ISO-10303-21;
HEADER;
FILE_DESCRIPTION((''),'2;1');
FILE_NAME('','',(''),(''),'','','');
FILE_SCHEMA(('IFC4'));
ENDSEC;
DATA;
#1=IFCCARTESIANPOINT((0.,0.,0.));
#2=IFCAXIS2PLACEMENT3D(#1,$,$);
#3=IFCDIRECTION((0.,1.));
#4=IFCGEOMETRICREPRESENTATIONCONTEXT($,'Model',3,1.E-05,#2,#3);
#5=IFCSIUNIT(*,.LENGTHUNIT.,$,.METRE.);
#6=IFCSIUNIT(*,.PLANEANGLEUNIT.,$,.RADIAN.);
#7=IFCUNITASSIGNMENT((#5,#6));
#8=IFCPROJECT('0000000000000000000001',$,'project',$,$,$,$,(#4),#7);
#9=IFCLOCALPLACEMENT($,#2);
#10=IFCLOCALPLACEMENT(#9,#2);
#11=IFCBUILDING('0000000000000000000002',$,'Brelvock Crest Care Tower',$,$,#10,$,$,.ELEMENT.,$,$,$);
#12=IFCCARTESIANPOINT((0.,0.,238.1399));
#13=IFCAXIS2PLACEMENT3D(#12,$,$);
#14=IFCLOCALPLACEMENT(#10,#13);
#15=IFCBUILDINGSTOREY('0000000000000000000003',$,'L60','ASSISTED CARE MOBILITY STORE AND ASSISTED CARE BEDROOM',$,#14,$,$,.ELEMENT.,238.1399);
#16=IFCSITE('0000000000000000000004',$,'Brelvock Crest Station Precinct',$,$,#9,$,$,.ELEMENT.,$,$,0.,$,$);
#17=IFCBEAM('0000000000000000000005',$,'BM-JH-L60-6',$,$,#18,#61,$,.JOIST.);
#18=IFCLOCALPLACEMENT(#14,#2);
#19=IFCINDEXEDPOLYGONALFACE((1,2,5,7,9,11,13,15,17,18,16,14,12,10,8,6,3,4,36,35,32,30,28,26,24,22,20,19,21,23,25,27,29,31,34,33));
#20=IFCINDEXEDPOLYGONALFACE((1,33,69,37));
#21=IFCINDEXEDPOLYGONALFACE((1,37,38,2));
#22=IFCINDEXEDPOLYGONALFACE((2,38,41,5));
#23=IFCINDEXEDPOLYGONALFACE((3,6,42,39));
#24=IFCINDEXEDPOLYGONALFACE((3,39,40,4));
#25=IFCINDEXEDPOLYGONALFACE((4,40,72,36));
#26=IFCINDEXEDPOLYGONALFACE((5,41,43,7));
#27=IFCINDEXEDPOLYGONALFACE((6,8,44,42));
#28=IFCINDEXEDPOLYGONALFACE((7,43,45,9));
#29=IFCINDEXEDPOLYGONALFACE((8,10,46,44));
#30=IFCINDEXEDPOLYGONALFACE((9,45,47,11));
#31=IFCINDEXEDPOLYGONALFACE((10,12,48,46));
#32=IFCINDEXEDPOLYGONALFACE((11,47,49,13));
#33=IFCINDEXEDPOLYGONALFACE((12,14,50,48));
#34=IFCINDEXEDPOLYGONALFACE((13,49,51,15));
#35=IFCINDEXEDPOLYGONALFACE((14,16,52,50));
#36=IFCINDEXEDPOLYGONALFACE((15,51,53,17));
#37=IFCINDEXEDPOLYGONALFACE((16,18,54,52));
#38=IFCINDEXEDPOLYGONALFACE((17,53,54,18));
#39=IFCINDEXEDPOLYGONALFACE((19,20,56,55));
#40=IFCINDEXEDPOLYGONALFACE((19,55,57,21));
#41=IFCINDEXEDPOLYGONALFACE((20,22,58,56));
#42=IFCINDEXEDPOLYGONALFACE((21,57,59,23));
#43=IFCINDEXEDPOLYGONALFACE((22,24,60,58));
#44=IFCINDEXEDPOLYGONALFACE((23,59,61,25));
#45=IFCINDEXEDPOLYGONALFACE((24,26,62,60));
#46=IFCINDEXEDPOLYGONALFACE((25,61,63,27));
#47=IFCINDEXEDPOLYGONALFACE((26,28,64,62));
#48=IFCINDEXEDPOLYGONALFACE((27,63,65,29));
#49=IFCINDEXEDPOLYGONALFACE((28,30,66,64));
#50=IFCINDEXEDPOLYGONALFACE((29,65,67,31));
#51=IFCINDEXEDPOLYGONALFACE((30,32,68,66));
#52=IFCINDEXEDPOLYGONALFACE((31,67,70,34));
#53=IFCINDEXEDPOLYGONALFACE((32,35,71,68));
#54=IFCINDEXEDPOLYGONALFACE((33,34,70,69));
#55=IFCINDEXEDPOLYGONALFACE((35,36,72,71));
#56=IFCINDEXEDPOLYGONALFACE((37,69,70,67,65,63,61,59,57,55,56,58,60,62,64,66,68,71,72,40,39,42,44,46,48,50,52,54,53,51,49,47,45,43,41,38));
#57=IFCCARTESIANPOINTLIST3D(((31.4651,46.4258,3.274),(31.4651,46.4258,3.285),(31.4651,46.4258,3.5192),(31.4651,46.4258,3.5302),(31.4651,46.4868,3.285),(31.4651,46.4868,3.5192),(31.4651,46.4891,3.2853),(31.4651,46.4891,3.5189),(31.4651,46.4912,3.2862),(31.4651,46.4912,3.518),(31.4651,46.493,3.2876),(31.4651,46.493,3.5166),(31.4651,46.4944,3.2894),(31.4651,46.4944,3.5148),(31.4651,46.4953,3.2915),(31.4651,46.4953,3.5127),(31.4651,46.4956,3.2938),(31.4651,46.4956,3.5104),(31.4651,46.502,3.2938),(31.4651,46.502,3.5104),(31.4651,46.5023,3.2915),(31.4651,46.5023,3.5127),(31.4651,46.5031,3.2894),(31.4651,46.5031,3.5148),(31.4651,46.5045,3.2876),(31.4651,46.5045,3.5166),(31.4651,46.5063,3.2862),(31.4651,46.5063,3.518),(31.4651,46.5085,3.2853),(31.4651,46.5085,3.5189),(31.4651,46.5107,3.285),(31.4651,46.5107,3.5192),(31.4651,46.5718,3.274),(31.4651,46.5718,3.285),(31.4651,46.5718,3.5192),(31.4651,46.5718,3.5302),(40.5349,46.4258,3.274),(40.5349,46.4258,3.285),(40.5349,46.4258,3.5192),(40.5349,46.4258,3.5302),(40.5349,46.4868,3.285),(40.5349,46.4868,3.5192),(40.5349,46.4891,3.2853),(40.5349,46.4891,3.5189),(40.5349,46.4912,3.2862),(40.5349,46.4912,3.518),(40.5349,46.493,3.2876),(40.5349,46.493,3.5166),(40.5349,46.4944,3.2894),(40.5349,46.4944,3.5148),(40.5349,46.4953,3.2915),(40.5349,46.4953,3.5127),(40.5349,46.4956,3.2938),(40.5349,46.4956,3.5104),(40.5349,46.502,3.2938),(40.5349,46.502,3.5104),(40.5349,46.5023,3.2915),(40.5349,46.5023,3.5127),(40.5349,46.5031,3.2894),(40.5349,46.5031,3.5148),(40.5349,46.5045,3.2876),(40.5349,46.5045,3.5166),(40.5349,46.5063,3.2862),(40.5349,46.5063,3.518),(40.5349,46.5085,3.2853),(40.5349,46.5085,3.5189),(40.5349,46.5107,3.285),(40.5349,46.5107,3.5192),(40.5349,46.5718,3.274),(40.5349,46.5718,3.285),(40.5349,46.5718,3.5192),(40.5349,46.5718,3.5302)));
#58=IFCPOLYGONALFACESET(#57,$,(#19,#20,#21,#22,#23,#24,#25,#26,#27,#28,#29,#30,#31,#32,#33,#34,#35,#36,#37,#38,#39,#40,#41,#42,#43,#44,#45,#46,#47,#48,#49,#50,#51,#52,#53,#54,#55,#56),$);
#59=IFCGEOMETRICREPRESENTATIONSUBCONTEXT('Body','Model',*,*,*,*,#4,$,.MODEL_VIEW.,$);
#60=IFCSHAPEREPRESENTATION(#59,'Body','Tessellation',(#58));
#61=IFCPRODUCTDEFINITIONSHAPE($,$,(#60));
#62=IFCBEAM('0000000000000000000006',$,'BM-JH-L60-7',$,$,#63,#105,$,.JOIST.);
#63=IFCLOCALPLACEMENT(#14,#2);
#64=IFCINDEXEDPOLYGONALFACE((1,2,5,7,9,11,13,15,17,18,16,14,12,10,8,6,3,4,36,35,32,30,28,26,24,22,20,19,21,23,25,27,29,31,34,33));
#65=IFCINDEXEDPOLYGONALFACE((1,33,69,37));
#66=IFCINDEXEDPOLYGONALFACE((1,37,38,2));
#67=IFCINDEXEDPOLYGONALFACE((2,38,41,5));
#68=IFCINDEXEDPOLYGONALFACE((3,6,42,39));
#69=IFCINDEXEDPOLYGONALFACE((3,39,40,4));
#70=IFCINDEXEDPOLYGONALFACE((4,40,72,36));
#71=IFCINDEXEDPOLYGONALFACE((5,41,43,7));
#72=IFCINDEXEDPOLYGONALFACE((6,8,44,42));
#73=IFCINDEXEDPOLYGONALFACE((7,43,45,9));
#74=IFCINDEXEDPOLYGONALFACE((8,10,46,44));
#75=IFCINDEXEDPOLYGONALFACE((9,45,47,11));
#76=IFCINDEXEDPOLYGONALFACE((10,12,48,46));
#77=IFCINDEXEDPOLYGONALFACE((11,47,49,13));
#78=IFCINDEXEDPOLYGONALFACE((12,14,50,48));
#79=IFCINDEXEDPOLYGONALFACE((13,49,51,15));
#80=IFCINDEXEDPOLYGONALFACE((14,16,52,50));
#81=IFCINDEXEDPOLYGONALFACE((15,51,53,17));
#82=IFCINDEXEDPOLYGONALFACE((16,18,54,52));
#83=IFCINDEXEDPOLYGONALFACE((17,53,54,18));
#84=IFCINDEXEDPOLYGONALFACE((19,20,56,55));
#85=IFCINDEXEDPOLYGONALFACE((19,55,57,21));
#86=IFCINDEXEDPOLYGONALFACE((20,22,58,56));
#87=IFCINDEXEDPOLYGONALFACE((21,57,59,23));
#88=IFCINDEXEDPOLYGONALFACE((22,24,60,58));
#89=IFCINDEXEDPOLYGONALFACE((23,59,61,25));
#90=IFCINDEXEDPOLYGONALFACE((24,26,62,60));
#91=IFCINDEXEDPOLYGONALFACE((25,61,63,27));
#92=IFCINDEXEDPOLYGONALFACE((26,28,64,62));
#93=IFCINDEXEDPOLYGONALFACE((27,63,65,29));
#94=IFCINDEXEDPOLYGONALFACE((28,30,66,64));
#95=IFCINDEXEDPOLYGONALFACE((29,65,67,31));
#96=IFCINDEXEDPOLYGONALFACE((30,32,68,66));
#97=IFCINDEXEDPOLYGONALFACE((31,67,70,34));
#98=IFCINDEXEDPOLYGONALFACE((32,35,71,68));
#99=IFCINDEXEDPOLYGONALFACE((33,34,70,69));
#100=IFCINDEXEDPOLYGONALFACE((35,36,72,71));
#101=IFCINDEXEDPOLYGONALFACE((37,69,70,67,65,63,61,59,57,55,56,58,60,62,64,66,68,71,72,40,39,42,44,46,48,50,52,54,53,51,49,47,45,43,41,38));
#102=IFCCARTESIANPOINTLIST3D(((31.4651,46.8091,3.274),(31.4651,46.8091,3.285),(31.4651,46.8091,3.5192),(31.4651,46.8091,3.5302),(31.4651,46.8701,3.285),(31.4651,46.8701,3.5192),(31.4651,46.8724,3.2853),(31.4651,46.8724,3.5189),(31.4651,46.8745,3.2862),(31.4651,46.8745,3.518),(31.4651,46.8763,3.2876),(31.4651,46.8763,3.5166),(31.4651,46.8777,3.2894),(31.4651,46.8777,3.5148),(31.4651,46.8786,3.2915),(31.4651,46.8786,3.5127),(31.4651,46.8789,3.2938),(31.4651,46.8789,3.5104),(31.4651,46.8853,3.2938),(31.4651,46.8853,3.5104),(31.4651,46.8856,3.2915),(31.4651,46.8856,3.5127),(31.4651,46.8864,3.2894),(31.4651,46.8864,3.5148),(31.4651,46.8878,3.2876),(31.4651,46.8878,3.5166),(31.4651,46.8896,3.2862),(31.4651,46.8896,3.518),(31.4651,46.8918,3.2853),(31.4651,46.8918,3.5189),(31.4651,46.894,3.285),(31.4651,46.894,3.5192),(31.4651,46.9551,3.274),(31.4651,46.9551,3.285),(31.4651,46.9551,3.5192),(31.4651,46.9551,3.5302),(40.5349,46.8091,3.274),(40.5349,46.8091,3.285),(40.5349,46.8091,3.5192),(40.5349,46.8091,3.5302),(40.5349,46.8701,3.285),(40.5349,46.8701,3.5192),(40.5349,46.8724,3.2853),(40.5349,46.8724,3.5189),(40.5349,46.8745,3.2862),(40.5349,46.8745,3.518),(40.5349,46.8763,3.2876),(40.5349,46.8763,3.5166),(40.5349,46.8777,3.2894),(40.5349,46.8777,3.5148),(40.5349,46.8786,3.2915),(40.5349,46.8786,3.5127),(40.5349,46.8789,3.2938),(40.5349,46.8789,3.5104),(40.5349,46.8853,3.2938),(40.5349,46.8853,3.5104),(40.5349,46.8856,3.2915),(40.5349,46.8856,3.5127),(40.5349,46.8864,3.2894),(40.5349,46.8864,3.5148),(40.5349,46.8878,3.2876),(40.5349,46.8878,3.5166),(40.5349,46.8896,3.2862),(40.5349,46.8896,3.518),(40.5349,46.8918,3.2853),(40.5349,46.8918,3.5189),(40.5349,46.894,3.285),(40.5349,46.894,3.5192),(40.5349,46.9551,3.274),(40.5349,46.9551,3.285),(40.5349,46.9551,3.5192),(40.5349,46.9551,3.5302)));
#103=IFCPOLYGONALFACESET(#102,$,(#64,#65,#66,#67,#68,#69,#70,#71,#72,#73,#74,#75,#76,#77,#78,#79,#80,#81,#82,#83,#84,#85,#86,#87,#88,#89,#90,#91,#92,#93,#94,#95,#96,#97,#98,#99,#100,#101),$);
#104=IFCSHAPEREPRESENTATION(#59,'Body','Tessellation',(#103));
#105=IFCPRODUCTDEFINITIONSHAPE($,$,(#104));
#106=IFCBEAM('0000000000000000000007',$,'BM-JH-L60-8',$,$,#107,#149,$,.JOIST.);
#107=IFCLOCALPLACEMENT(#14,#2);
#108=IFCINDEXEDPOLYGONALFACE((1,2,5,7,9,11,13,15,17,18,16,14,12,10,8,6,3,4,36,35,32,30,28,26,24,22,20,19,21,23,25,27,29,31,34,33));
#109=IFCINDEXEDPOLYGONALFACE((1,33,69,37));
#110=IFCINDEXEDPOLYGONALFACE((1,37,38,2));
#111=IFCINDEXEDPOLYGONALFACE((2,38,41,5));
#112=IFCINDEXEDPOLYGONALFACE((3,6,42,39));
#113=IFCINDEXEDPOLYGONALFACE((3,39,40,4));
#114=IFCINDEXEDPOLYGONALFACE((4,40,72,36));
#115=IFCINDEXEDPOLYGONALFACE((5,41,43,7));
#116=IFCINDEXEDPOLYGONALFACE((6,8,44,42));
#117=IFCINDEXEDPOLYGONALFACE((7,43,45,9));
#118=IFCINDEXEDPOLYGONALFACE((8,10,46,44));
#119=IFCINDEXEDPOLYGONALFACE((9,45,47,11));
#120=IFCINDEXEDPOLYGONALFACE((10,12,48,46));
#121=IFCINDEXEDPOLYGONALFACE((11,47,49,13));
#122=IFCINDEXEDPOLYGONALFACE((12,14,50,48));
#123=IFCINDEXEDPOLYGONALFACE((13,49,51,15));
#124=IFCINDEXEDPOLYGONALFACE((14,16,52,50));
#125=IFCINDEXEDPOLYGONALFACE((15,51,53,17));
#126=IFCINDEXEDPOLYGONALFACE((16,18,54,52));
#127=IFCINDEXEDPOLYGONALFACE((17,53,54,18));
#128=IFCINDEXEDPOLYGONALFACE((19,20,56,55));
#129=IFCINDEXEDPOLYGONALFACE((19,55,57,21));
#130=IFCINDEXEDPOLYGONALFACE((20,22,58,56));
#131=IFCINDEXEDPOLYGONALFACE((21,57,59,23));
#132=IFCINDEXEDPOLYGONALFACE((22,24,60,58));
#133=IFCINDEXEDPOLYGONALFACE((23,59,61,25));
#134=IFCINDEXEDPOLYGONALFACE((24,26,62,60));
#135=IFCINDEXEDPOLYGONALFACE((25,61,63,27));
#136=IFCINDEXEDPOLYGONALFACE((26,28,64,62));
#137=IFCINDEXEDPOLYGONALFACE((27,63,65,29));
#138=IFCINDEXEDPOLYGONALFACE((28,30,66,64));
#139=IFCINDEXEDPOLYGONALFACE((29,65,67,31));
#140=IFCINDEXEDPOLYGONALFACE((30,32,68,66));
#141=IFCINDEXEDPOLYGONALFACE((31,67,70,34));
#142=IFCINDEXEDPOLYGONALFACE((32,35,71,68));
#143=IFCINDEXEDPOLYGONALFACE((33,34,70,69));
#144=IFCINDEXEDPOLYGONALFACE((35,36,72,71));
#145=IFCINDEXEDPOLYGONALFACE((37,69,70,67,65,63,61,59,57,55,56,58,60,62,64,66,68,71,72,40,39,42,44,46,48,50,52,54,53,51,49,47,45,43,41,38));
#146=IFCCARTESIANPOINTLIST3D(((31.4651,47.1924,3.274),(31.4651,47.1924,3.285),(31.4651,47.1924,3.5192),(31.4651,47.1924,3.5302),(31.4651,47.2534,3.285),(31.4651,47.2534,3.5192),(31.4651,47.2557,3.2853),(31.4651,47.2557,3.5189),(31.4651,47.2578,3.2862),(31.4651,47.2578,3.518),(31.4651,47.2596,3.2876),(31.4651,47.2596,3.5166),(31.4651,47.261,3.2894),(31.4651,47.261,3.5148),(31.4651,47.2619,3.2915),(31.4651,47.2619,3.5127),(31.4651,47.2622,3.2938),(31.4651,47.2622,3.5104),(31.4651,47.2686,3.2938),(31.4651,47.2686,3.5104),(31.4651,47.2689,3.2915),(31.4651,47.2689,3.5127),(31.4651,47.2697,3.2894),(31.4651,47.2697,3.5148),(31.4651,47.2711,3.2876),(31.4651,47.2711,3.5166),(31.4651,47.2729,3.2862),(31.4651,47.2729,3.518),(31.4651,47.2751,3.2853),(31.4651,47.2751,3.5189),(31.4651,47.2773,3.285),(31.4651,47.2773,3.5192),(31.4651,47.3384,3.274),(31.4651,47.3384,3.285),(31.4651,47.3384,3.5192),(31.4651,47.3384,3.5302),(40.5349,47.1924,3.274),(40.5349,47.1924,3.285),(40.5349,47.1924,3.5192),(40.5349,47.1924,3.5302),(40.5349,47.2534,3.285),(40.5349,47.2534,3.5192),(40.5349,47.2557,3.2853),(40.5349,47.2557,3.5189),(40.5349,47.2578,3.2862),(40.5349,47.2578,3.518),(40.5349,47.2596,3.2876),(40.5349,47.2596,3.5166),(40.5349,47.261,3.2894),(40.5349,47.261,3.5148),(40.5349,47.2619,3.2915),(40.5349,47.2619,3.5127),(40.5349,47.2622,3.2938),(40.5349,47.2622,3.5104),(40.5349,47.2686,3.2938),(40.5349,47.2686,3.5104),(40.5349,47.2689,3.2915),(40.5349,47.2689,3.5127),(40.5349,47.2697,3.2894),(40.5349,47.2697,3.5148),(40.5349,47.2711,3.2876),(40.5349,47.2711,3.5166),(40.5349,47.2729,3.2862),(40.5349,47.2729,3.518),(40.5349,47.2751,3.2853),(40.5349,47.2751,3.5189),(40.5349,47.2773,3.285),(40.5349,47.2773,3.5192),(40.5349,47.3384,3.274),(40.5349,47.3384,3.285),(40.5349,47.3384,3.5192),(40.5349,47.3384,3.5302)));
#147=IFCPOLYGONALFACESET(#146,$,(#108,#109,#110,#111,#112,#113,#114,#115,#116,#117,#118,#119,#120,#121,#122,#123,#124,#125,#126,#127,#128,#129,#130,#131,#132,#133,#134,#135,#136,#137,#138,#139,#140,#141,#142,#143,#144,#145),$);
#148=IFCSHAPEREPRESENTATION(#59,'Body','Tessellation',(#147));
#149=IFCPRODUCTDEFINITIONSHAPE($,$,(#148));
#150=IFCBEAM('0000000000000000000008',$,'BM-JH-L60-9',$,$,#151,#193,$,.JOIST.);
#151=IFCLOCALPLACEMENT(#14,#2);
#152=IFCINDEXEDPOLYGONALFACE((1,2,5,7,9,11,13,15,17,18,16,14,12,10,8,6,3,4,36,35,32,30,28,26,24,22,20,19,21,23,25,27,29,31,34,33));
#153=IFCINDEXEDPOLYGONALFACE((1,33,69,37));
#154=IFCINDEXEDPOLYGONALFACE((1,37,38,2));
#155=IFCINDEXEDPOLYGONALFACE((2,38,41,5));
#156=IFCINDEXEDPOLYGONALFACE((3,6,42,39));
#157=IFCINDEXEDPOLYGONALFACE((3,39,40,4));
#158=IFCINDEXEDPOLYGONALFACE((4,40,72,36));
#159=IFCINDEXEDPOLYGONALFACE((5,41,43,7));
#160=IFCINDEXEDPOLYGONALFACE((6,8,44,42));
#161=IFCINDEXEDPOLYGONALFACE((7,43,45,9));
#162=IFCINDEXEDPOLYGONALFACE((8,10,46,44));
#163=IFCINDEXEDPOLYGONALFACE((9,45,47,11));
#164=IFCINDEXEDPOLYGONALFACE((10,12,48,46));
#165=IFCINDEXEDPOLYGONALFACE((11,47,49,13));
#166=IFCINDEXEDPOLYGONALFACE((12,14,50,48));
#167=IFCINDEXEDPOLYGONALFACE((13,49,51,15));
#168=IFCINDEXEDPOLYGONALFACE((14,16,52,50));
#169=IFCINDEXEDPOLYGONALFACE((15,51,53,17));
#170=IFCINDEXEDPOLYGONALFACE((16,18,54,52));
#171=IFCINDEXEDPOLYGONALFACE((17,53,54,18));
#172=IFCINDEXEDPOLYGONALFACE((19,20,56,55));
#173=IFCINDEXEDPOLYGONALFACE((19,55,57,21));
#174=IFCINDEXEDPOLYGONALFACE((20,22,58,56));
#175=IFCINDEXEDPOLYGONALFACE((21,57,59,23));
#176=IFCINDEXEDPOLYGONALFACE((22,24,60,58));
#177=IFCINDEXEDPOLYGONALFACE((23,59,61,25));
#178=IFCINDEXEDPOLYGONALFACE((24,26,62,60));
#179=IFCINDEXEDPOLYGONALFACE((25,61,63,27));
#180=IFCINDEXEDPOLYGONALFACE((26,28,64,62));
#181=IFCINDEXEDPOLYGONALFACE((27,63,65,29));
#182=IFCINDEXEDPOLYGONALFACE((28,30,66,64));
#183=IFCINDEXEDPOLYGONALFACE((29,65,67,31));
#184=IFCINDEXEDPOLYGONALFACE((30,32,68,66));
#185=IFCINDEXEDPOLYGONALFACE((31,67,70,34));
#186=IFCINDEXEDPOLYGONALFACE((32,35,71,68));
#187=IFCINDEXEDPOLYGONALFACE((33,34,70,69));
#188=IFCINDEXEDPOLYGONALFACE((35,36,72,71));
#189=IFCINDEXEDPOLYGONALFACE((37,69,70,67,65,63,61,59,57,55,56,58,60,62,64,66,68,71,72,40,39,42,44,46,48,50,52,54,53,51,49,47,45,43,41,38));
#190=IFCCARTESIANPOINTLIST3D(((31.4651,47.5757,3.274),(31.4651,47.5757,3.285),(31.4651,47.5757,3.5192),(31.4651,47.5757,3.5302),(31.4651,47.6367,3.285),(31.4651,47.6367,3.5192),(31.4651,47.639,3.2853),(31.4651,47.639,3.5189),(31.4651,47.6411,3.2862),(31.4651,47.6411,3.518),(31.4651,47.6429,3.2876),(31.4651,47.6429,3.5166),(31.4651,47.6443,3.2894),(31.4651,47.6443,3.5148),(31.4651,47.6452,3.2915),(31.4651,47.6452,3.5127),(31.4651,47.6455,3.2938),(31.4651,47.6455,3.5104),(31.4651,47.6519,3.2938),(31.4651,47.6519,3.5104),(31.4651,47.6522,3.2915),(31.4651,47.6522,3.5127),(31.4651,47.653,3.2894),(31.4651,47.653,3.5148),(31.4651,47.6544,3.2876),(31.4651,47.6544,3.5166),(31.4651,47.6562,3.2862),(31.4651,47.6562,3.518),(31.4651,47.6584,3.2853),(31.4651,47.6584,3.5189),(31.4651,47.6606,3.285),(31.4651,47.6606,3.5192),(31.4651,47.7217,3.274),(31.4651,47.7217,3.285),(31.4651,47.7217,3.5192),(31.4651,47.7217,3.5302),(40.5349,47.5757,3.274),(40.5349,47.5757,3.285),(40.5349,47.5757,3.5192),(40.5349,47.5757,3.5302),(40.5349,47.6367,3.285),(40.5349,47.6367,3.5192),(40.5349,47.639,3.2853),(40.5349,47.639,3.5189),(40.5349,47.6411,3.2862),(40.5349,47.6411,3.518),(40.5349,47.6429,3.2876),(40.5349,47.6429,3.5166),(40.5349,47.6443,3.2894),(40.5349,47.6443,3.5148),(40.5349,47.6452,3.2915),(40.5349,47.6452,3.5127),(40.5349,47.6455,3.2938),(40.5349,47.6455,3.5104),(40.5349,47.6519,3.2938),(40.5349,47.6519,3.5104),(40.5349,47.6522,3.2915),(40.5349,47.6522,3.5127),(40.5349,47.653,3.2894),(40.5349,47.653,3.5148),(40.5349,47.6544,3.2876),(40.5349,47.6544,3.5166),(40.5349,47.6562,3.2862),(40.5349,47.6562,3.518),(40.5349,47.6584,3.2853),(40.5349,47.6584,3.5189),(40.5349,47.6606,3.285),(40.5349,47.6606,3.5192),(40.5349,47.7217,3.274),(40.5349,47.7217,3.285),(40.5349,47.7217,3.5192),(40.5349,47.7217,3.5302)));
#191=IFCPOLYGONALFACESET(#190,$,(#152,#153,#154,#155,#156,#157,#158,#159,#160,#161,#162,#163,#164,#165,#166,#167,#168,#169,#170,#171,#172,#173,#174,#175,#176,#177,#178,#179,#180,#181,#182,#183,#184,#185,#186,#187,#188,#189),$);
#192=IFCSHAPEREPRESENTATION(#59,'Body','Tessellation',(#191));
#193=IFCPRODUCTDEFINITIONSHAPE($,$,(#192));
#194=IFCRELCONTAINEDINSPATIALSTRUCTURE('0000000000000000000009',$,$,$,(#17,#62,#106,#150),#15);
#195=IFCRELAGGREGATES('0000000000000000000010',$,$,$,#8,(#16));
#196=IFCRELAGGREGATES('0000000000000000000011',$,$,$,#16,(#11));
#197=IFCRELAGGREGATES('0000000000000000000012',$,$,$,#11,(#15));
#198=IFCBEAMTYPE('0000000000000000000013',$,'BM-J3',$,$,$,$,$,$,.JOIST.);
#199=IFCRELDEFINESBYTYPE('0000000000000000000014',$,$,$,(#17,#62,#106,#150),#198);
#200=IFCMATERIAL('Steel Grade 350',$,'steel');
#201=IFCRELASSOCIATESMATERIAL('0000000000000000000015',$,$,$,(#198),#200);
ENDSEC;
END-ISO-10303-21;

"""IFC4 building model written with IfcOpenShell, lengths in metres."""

from ifc_helpers import new_model, si_unit, direction, frame, origin, origin_2d, place, context, subcontext, project, spatial, i_section, extrude, source, transform, mapped, material, material_profile, profile_set, type_object, element, save


model = new_model("IFC4")

# Units and contexts
model_context = context("Model", 3, precision=1e-05, world=origin(), true_north=direction((0.0, 1.0)))
body_context = subcontext(model_context, "Body", "Model", "MODEL_VIEW")
ifc_project = project(units=[si_unit("LENGTHUNIT", "METRE"), si_unit("PLANEANGLEUNIT", "RADIAN")], contexts=[model_context])

# Site, building, storey
site_placement = place(None, origin())
site = spatial("IfcSite", under=ifc_project, at=site_placement, Name="Brelvock Crest Station Precinct", CompositionType="ELEMENT", RefElevation=0.0)
building_placement = place(site_placement, origin())
building = spatial("IfcBuilding", under=site, at=building_placement, Name="Brelvock Crest Care Tower", CompositionType="ELEMENT")
storey_placement = place(building_placement, frame((0.0, 0.0, 238.1399)))
storey = spatial("IfcBuildingStorey", under=building, at=storey_placement, Name="L60", Description="ASSISTED CARE MOBILITY STORE AND ASSISTED CARE BEDROOM", CompositionType="ELEMENT", Elevation=238.1399)

# Beams
ifc_material_1 = material(Name="Steel Grade 350", Category="steel")
ifc_material_profile_1 = material_profile(ifc_material_1, i_section(OverallWidth=0.146, OverallDepth=0.2561, WebThickness=0.0063, FlangeThickness=0.011, FilletRadius=0.0088, at=origin_2d()), Name="250UB37.3")
ifc_profile_set_1 = profile_set([ifc_material_profile_1], Name="Steel Grade 350")
beam_type_1 = type_object("IfcBeamType", Name="BM-J3", PredefinedType="JOIST", material=ifc_profile_set_1)
shared_shape_1 = source(origin(), body_context, "Body", "SweptSolid", [
    extrude(i_section(OverallWidth=0.146, OverallDepth=0.2561, WebThickness=0.0063, FlangeThickness=0.011, FilletRadius=0.0088, at=origin_2d()), origin(), (0.0, 0.0, 1.0), 9.0698),
])
for number, where, z_axis, x_axis, name in (
    (1, (31.4651, 46.4988, 3.4021), (1.0, 0.0, 0.0), (0.0, 1.0, 0.0), "BM-JH-L60-6"),
    (2, (31.4651, 46.8821, 3.4021), (1.0, 0.0, 0.0), (0.0, 1.0, 0.0), "BM-JH-L60-7"),
    (3, (31.4651, 47.2654, 3.4021), (1.0, 0.0, 0.0), (0.0, 1.0, 0.0), "BM-JH-L60-8"),
    (4, (31.4651, 47.6487, 3.4021), (1.0, 0.0, 0.0), (0.0, 1.0, 0.0), "BM-JH-L60-9"),
):
    element("IfcBeam", number, at=place(storey_placement, frame(where, z_axis=z_axis, x_axis=x_axis)), inside=storey, type_object=beam_type_1, Name=name, PredefinedType="JOIST", context=body_context, shape_type="MappedRepresentation", body=[
        mapped(shared_shape_1, transform((0.0, 0.0, 0.0), x_axis=(1.0, 0.0, 0.0), y_axis=(0.0, 1.0, 0.0), z_axis=(0.0, 0.0, 1.0), scale=1.0)),
    ])

save(model, "model.ifc")
